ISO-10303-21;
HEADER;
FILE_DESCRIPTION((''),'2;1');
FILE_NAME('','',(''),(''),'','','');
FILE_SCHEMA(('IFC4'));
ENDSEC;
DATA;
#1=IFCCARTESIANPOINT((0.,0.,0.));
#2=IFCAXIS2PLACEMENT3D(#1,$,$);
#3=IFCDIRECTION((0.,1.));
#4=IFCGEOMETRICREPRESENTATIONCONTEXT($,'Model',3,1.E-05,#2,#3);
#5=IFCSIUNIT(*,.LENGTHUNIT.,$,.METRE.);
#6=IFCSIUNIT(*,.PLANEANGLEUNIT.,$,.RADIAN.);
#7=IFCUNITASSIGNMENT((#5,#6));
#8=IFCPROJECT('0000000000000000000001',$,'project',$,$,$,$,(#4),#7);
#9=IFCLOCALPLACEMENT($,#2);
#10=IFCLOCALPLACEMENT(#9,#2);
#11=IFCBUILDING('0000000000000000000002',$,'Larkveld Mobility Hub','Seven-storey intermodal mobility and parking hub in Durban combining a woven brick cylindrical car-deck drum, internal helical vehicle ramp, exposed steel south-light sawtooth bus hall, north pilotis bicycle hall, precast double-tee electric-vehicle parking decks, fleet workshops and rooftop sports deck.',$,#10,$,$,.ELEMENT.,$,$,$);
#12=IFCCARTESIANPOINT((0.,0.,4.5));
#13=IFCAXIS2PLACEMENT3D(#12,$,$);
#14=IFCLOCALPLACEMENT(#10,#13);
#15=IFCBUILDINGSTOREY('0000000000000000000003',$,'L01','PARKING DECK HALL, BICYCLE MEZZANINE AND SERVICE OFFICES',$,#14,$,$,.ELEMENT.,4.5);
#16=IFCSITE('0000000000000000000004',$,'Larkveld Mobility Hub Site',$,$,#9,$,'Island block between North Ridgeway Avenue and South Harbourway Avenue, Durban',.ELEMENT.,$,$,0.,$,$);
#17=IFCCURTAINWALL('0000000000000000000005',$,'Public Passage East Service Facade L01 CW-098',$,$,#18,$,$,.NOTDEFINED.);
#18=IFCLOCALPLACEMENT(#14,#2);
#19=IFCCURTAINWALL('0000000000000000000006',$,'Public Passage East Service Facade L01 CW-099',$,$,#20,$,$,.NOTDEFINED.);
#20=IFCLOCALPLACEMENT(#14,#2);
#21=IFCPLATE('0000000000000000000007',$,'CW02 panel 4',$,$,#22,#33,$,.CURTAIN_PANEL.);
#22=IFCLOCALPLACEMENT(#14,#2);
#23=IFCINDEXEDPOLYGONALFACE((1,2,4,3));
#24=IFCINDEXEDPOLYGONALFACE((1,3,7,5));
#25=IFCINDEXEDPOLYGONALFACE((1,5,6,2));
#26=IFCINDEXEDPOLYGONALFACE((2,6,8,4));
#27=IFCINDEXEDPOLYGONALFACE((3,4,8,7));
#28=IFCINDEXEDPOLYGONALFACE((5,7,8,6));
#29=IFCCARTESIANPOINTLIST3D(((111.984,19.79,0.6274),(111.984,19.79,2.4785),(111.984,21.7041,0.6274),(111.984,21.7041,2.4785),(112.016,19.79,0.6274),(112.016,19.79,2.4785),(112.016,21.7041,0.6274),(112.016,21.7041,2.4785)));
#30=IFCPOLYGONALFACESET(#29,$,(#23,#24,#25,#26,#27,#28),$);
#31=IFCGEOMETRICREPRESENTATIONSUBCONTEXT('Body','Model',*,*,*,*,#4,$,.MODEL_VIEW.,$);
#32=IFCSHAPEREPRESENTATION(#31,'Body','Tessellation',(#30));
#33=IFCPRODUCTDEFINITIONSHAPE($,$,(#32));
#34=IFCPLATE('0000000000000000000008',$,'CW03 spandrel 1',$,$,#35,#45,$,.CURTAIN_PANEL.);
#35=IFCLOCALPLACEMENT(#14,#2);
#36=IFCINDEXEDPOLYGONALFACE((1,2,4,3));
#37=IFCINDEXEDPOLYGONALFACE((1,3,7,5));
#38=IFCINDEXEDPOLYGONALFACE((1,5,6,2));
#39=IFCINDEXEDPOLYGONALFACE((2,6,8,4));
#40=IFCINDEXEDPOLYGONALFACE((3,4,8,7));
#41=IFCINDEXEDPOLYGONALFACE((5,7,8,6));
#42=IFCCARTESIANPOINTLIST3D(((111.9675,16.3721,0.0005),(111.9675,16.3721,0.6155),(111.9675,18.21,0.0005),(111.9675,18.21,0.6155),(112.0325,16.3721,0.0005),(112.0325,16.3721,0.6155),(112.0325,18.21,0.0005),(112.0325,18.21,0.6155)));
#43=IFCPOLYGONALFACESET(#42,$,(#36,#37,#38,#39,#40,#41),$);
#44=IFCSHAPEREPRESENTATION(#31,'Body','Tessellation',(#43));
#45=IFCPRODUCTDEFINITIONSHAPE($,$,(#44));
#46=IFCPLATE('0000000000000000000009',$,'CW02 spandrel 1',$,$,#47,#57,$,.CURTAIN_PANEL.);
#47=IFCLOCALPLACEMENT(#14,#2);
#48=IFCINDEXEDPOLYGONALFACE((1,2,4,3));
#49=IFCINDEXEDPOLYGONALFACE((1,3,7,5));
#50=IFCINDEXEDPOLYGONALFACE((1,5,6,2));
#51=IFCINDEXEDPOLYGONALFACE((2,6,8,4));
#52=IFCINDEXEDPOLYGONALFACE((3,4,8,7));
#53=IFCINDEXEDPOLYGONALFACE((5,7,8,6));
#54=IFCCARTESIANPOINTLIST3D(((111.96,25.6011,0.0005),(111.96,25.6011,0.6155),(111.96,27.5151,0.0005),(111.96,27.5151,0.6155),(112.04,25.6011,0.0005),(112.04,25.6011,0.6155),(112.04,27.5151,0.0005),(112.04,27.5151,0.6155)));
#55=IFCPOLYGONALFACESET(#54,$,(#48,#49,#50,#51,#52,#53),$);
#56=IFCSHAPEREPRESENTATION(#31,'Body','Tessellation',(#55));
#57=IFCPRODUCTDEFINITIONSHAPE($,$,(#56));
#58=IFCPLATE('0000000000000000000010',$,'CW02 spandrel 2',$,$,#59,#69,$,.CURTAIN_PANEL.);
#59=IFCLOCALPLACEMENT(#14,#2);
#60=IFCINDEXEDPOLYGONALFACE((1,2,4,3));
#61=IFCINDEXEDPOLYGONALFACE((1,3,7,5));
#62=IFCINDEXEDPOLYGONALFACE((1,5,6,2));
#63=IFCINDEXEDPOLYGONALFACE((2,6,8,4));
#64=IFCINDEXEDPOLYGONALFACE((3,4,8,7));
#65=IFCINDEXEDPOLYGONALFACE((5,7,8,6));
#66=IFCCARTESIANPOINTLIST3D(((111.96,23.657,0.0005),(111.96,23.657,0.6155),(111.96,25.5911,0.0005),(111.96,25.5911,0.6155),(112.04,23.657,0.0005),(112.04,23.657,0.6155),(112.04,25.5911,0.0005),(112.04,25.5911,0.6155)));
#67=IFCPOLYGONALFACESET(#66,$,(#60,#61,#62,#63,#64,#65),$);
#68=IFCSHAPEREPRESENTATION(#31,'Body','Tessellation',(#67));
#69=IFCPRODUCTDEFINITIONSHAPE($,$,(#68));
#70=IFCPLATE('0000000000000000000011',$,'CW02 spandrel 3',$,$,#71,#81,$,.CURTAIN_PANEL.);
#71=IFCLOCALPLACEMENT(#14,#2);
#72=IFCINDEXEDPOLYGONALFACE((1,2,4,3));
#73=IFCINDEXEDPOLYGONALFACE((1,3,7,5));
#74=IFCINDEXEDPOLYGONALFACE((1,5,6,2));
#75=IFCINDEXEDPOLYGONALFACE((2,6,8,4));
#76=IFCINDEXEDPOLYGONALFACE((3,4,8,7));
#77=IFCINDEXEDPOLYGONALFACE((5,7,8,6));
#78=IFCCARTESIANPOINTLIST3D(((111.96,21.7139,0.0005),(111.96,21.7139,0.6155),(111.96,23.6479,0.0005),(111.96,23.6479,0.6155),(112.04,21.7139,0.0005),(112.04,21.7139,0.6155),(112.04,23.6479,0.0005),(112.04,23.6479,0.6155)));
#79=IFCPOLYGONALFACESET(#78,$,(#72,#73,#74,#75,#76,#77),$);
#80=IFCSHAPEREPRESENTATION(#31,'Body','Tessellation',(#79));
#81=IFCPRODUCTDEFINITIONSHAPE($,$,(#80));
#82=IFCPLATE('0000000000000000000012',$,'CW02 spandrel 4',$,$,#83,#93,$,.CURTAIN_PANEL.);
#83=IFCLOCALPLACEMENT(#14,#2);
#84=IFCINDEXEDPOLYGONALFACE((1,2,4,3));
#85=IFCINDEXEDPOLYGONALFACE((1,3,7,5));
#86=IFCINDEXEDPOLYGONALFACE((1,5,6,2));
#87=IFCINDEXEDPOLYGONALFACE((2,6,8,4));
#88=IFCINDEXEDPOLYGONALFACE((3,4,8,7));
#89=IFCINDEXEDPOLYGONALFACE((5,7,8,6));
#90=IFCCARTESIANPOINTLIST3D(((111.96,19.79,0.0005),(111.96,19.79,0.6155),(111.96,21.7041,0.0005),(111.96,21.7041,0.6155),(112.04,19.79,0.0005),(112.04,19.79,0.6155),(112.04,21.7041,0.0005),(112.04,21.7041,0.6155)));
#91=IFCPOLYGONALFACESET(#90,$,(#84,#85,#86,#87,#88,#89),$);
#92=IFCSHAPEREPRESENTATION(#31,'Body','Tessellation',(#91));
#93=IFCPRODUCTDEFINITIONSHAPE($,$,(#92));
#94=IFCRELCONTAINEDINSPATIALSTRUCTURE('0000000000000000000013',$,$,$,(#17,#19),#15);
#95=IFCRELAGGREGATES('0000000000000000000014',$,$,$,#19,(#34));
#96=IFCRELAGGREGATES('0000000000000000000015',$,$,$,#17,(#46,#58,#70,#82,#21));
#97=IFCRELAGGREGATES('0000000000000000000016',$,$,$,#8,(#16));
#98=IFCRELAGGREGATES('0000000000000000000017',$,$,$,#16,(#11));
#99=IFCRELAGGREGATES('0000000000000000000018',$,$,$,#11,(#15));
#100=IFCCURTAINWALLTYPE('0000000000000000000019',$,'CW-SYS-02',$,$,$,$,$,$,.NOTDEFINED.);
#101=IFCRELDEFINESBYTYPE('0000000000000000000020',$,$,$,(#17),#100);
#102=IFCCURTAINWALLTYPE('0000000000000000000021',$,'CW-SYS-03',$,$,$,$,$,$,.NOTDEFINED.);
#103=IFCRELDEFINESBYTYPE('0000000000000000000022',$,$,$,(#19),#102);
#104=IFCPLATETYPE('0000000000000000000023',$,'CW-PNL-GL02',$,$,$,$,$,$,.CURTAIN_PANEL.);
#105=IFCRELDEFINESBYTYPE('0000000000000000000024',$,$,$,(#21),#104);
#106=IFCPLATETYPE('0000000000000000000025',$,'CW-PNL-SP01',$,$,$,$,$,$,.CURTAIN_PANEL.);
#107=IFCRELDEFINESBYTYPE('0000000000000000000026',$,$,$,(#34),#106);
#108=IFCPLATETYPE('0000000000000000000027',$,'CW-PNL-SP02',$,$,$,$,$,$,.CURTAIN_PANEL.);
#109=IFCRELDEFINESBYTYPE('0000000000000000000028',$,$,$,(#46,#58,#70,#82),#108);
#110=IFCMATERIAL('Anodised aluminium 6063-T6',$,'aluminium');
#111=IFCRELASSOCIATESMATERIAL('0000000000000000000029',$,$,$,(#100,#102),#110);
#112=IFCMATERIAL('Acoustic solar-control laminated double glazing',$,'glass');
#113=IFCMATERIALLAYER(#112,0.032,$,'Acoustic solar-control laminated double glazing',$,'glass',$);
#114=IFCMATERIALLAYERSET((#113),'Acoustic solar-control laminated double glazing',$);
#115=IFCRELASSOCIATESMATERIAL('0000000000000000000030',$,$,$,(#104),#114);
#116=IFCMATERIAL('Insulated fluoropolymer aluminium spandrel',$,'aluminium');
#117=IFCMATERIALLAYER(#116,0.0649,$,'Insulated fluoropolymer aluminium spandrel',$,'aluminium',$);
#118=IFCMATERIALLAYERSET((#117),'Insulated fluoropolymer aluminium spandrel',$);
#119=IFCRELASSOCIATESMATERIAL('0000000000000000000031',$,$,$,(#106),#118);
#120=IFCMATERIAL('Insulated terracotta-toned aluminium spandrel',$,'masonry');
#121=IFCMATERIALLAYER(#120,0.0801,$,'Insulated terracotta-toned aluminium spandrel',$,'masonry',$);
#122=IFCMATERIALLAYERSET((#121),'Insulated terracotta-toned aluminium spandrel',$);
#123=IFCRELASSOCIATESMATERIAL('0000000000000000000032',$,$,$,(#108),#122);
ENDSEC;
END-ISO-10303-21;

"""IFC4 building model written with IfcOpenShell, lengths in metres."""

from ifc_helpers import new_model, si_unit, direction, frame, origin, origin_2d, place, context, subcontext, project, spatial, rectangle, extrude, material, layer, layer_set, type_object, element, aggregate, save


model = new_model("IFC4")

# Units and contexts
model_context = context("Model", 3, precision=1e-05, world=origin(), true_north=direction((0.0, 1.0)))
body_context = subcontext(model_context, "Body", "Model", "MODEL_VIEW")
ifc_project = project(units=[si_unit("LENGTHUNIT", "METRE"), si_unit("PLANEANGLEUNIT", "RADIAN")], contexts=[model_context])

# Site, building, storey
site_placement = place(None, origin())
site = spatial("IfcSite", under=ifc_project, at=site_placement, Name="Larkveld Mobility Hub Site", LongName="Island block between North Ridgeway Avenue and South Harbourway Avenue, Durban", CompositionType="ELEMENT", RefElevation=0.0)
building_placement = place(site_placement, origin())
building = spatial("IfcBuilding", under=site, at=building_placement, Name="Larkveld Mobility Hub", Description="Seven-storey intermodal mobility and parking hub in Durban combining a woven brick cylindrical car-deck drum, internal helical vehicle ramp, exposed steel south-light sawtooth bus hall, north pilotis bicycle hall, precast double-tee electric-vehicle parking decks, fleet workshops and rooftop sports deck.", CompositionType="ELEMENT")
storey_placement = place(building_placement, frame((0.0, 0.0, 4.5)))
storey = spatial("IfcBuildingStorey", under=building, at=storey_placement, Name="L01", Description="PARKING DECK HALL, BICYCLE MEZZANINE AND SERVICE OFFICES", CompositionType="ELEMENT", Elevation=4.5)

# Curtain walls
ifc_material_1 = material(Name="Anodised aluminium 6063-T6", Category="aluminium")
curtain_wall_type_1 = type_object("IfcCurtainWallType", Name="CW-SYS-02", PredefinedType="NOTDEFINED", material=ifc_material_1)
curtain_wall_1_placement = place(storey_placement, origin())
curtain_wall_1 = element("IfcCurtainWall", 1, at=curtain_wall_1_placement, inside=storey, type_object=curtain_wall_type_1, Name="Public Passage East Service Facade L01 CW-098", PredefinedType="NOTDEFINED")
curtain_wall_type_2 = type_object("IfcCurtainWallType", Name="CW-SYS-03", PredefinedType="NOTDEFINED", material=ifc_material_1)
curtain_wall_2_placement = place(storey_placement, origin())
curtain_wall_2 = element("IfcCurtainWall", 2, at=curtain_wall_2_placement, inside=storey, type_object=curtain_wall_type_2, Name="Public Passage East Service Facade L01 CW-099", PredefinedType="NOTDEFINED")

# Plates
ifc_material_2 = material(Name="Acoustic solar-control laminated double glazing", Category="glass")
ifc_layer_1 = layer(ifc_material_2, 0.032, Name="Acoustic solar-control laminated double glazing", Category="glass")
ifc_layer_set_1 = layer_set([ifc_layer_1], Name="Acoustic solar-control laminated double glazing")
plate_type_1 = type_object("IfcPlateType", Name="CW-PNL-GL02", PredefinedType="CURTAIN_PANEL", material=ifc_layer_set_1)
plate_1_placement = place(storey_placement, frame((112.0, 20.7471, 0.6274), z_axis=(0.0, 0.0, 1.0), x_axis=(0.0, -1.0, 0.0)))
plate_1 = element("IfcPlate", 3, at=plate_1_placement, type_object=plate_type_1, Name="CW02 panel 4", PredefinedType="CURTAIN_PANEL", context=body_context, shape_type="SweptSolid", body=[
    extrude(rectangle(XDim=1.9141, YDim=0.032, at=origin_2d()), origin(), (0.0, 0.0, 1.0), 1.8511),
])
ifc_material_3 = material(Name="Insulated fluoropolymer aluminium spandrel", Category="aluminium")
ifc_layer_2 = layer(ifc_material_3, 0.0649, Name="Insulated fluoropolymer aluminium spandrel", Category="aluminium")
ifc_layer_set_2 = layer_set([ifc_layer_2], Name="Insulated fluoropolymer aluminium spandrel")
plate_type_2 = type_object("IfcPlateType", Name="CW-PNL-SP01", PredefinedType="CURTAIN_PANEL", material=ifc_layer_set_2)
plate_2_placement = place(storey_placement, frame((112.0, 17.291, 0.0005), z_axis=(0.0, 0.0, 1.0), x_axis=(0.0, -1.0, 0.0)))
plate_2 = element("IfcPlate", 4, at=plate_2_placement, type_object=plate_type_2, Name="CW03 spandrel 1", PredefinedType="CURTAIN_PANEL", context=body_context, shape_type="SweptSolid", body=[
    extrude(rectangle(XDim=1.8379, YDim=0.0649, at=origin_2d()), origin(), (0.0, 0.0, 1.0), 0.615),
])
aggregate(curtain_wall_2, [plate_2])
ifc_material_4 = material(Name="Insulated terracotta-toned aluminium spandrel", Category="masonry")
ifc_layer_3 = layer(ifc_material_4, 0.0801, Name="Insulated terracotta-toned aluminium spandrel", Category="masonry")
ifc_layer_set_3 = layer_set([ifc_layer_3], Name="Insulated terracotta-toned aluminium spandrel")
plate_type_3 = type_object("IfcPlateType", Name="CW-PNL-SP02", PredefinedType="CURTAIN_PANEL", material=ifc_layer_set_3)
plate_3_placement = place(storey_placement, frame((112.0, 26.5581, 0.0005), z_axis=(0.0, 0.0, 1.0), x_axis=(0.0, -1.0, 0.0)))
plate_3 = element("IfcPlate", 5, at=plate_3_placement, type_object=plate_type_3, Name="CW02 spandrel 1", PredefinedType="CURTAIN_PANEL", context=body_context, shape_type="SweptSolid", body=[
    extrude(rectangle(XDim=1.9141, YDim=0.0801, at=origin_2d()), origin(), (0.0, 0.0, 1.0), 0.615),
])
plate_4_placement = place(storey_placement, frame((112.0, 24.624, 0.0005), z_axis=(0.0, 0.0, 1.0), x_axis=(0.0, -1.0, 0.0)))
plate_4 = element("IfcPlate", 6, at=plate_4_placement, type_object=plate_type_3, Name="CW02 spandrel 2", PredefinedType="CURTAIN_PANEL", context=body_context, shape_type="SweptSolid", body=[
    extrude(rectangle(XDim=1.9341, YDim=0.0801, at=origin_2d()), origin(), (0.0, 0.0, 1.0), 0.615),
])
plate_5_placement = place(storey_placement, frame((112.0, 22.6809, 0.0005), z_axis=(0.0, 0.0, 1.0), x_axis=(0.0, -1.0, 0.0)))
plate_5 = element("IfcPlate", 7, at=plate_5_placement, type_object=plate_type_3, Name="CW02 spandrel 3", PredefinedType="CURTAIN_PANEL", context=body_context, shape_type="SweptSolid", body=[
    extrude(rectangle(XDim=1.9341, YDim=0.0801, at=origin_2d()), origin(), (0.0, 0.0, 1.0), 0.615),
])
plate_6_placement = place(storey_placement, frame((112.0, 20.7471, 0.0005), z_axis=(0.0, 0.0, 1.0), x_axis=(0.0, -1.0, 0.0)))
plate_6 = element("IfcPlate", 8, at=plate_6_placement, type_object=plate_type_3, Name="CW02 spandrel 4", PredefinedType="CURTAIN_PANEL", context=body_context, shape_type="SweptSolid", body=[
    extrude(rectangle(XDim=1.9141, YDim=0.0801, at=origin_2d()), origin(), (0.0, 0.0, 1.0), 0.615),
])
aggregate(curtain_wall_1, [plate_3, plate_4, plate_5, plate_6, plate_1])

save(model, "model.ifc")
